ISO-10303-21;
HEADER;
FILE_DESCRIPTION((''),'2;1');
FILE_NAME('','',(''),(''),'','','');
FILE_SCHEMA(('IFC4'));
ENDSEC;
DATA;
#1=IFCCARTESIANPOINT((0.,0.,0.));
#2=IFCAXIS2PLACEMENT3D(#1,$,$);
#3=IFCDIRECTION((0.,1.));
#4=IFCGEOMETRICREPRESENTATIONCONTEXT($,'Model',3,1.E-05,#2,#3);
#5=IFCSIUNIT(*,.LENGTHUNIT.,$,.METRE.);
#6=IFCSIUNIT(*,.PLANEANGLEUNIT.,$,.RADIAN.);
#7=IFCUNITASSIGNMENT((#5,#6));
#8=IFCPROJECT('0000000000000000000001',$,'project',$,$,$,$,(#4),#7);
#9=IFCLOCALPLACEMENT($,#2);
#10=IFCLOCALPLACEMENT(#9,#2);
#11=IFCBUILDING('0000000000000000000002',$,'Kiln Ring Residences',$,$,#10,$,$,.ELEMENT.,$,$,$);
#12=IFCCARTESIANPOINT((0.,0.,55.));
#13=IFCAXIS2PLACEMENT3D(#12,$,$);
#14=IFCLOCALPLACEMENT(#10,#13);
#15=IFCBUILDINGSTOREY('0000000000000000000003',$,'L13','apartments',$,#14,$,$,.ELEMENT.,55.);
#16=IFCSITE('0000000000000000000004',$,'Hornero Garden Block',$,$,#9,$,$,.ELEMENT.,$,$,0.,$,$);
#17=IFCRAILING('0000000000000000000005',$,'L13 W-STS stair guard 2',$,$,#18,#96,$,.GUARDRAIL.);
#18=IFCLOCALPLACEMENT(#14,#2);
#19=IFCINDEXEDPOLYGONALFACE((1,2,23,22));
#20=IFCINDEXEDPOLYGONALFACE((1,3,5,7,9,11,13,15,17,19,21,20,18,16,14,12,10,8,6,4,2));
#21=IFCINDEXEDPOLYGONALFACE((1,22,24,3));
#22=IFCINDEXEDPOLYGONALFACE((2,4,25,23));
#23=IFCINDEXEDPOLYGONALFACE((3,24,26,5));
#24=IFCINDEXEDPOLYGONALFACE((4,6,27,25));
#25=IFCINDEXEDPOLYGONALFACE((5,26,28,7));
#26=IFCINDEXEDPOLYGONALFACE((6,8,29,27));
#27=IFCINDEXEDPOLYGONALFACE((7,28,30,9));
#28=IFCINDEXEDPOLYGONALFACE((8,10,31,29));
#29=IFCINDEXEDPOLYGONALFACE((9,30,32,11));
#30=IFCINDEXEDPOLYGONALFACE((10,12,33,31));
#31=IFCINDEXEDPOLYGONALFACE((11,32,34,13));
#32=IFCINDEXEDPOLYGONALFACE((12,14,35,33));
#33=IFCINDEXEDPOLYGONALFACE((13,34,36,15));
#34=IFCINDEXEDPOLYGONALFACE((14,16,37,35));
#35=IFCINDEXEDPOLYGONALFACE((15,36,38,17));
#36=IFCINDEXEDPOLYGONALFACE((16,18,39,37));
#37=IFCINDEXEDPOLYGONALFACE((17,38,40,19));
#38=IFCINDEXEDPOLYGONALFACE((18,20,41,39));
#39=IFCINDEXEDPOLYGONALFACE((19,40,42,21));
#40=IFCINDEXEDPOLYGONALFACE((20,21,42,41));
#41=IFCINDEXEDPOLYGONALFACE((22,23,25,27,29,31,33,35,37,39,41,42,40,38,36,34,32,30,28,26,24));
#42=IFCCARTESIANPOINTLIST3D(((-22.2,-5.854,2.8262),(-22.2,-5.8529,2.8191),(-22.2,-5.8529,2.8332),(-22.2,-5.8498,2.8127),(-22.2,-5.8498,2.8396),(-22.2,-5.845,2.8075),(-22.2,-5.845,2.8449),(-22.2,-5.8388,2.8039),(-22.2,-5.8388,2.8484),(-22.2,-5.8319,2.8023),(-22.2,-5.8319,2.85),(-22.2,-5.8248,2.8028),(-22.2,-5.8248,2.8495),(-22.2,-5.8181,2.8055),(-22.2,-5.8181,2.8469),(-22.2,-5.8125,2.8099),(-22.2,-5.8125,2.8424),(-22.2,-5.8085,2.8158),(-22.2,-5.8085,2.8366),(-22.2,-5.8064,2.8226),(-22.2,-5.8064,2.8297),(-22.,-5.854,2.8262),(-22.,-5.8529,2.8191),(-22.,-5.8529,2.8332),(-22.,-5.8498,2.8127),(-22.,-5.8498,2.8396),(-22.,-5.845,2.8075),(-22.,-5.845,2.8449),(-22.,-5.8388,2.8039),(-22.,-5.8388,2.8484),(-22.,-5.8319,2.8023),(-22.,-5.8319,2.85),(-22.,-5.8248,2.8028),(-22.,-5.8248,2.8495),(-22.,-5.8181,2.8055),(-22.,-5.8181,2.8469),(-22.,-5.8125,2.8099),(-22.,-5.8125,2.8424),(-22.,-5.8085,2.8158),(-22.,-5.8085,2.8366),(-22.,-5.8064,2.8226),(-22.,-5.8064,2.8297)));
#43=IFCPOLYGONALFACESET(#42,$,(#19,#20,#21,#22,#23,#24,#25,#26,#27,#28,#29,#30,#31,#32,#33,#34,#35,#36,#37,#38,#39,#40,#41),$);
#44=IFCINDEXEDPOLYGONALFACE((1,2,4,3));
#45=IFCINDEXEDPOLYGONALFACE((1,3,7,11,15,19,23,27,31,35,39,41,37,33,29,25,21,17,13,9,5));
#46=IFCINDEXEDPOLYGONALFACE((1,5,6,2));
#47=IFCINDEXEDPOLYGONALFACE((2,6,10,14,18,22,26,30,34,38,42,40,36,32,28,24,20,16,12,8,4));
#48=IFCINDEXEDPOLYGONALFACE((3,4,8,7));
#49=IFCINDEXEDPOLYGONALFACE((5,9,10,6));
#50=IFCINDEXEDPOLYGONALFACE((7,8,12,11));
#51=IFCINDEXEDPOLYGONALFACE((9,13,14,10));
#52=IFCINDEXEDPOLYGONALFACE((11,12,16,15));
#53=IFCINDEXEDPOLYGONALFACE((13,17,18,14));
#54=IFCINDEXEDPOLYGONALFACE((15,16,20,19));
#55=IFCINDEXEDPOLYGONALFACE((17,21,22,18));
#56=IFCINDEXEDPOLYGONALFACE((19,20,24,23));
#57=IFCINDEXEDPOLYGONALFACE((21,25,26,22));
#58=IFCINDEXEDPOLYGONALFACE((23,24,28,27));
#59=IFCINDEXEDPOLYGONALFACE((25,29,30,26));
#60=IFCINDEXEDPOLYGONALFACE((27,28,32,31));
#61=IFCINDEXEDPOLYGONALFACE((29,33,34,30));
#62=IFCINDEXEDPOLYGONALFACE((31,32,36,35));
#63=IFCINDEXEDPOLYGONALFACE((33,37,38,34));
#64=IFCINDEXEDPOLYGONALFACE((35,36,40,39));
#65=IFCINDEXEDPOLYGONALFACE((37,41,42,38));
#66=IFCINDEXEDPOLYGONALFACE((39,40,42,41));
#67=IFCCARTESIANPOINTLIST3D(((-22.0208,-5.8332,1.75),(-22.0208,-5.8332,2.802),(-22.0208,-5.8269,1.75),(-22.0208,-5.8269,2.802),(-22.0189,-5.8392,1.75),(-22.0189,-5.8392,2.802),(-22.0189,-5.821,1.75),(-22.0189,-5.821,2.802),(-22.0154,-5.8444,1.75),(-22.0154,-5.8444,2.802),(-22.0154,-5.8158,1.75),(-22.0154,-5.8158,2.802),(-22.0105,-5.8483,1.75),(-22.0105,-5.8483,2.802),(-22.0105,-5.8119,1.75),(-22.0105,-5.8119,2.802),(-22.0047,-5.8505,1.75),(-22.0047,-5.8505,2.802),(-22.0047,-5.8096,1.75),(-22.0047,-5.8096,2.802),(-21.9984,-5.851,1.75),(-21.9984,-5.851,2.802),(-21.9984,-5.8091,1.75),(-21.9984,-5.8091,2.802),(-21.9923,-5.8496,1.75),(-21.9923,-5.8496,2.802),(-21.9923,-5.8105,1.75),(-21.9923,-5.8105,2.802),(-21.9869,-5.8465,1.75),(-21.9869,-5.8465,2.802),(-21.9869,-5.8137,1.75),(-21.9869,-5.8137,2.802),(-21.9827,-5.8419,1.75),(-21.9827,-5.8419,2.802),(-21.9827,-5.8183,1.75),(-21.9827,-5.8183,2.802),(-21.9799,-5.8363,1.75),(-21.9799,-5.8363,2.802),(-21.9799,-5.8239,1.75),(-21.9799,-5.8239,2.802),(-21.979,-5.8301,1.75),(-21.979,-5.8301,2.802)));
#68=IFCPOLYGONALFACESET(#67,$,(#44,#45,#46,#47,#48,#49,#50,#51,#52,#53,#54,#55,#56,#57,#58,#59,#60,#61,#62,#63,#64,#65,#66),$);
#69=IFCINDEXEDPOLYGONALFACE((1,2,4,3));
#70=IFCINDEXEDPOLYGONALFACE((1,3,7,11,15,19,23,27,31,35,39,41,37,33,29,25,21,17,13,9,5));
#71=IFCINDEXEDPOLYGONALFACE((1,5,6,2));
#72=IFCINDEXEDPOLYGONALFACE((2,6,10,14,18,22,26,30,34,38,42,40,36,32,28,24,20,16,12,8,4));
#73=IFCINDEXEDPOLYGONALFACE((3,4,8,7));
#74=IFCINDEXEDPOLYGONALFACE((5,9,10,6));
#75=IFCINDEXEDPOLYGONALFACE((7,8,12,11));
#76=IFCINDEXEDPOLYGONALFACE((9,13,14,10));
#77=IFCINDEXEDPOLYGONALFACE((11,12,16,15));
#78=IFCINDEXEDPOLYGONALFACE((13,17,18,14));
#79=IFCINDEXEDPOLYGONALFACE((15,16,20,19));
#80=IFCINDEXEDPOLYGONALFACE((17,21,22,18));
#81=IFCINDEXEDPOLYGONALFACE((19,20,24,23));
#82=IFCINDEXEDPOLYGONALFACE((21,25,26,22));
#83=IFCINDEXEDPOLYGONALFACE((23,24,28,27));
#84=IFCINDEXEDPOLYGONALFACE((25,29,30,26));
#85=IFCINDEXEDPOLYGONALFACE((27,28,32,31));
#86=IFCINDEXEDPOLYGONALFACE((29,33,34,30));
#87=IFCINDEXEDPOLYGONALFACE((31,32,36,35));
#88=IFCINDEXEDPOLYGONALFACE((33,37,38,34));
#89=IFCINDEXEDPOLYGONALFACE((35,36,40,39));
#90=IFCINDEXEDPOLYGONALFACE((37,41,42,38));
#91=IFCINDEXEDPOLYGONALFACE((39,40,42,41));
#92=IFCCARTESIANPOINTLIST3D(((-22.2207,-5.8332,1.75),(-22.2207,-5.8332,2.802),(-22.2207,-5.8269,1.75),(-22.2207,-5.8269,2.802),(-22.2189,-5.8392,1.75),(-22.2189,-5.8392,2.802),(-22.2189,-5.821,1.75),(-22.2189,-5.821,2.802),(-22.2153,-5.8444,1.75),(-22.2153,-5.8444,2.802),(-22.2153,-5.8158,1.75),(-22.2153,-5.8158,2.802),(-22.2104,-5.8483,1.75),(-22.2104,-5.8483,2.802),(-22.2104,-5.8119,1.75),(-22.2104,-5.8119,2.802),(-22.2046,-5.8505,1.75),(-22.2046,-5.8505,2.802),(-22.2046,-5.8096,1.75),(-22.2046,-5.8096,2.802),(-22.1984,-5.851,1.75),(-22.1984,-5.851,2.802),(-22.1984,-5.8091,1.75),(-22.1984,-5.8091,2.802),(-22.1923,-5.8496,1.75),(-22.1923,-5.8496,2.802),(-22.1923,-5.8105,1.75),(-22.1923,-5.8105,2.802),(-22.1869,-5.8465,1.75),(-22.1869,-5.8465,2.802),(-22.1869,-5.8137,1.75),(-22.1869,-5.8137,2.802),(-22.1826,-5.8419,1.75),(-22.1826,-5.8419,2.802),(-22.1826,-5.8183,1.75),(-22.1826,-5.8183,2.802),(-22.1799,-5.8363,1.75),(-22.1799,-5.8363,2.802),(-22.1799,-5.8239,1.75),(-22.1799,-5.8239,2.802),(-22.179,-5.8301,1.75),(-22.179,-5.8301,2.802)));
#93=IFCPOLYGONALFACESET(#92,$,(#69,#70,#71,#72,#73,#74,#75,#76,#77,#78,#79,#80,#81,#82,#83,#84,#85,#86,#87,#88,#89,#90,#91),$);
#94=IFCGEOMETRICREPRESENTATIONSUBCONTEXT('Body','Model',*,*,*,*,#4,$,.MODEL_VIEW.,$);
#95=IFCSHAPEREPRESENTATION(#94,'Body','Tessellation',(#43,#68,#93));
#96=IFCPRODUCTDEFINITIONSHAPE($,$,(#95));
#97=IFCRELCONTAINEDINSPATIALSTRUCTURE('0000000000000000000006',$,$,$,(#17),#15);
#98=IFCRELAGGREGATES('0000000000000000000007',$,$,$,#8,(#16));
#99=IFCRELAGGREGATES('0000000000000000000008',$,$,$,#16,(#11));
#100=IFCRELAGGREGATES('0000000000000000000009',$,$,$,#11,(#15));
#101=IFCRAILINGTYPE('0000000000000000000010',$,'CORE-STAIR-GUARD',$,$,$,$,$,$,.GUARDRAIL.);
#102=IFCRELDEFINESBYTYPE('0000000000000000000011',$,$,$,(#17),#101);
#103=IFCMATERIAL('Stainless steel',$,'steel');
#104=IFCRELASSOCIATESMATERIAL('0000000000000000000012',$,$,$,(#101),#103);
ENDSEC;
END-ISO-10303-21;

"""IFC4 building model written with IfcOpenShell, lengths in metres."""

from ifc_helpers import new_model, si_unit, direction, frame, origin, origin_2d, place, context, subcontext, project, spatial, circle, extrude, material, type_object, element, save


model = new_model("IFC4")

# Units and contexts
model_context = context("Model", 3, precision=1e-05, world=origin(), true_north=direction((0.0, 1.0)))
body_context = subcontext(model_context, "Body", "Model", "MODEL_VIEW")
ifc_project = project(units=[si_unit("LENGTHUNIT", "METRE"), si_unit("PLANEANGLEUNIT", "RADIAN")], contexts=[model_context])

# Site, building, storey
site_placement = place(None, origin())
site = spatial("IfcSite", under=ifc_project, at=site_placement, Name="Hornero Garden Block", CompositionType="ELEMENT", RefElevation=0.0)
building_placement = place(site_placement, origin())
building = spatial("IfcBuilding", under=site, at=building_placement, Name="Kiln Ring Residences", CompositionType="ELEMENT")
storey_placement = place(building_placement, frame((0.0, 0.0, 55.0)))
storey = spatial("IfcBuildingStorey", under=building, at=storey_placement, Name="L13", Description="apartments", CompositionType="ELEMENT", Elevation=55.0)

# Railing
ifc_material_1 = material(Name="Stainless steel", Category="steel")
railing_type_1 = type_object("IfcRailingType", Name="CORE-STAIR-GUARD", PredefinedType="GUARDRAIL", material=ifc_material_1)
railing_1_placement = place(storey_placement, frame((-22.0, -5.8301, 1.75)))
element("IfcRailing", 1, at=railing_1_placement, inside=storey, type_object=railing_type_1, Name="L13 W-STS stair guard 2", PredefinedType="GUARDRAIL", context=body_context, shape_type="SweptSolid", body=[
    extrude(circle(Radius=0.0239, at=origin_2d()), frame((0.0, 0.0, 1.0762), z_axis=(-1.0, 0.0, 0.0), x_axis=(0.0, -1.0, 0.0)), (0.0, 0.0, 1.0), 0.2),
    extrude(circle(Radius=0.021, at=origin_2d()), origin(), (0.0, 0.0, 1.0), 1.052),
    extrude(circle(Radius=0.021, at=origin_2d()), frame((-0.2, 0.0, 0.0)), (0.0, 0.0, 1.0), 1.052),
])

save(model, "model.ifc")
